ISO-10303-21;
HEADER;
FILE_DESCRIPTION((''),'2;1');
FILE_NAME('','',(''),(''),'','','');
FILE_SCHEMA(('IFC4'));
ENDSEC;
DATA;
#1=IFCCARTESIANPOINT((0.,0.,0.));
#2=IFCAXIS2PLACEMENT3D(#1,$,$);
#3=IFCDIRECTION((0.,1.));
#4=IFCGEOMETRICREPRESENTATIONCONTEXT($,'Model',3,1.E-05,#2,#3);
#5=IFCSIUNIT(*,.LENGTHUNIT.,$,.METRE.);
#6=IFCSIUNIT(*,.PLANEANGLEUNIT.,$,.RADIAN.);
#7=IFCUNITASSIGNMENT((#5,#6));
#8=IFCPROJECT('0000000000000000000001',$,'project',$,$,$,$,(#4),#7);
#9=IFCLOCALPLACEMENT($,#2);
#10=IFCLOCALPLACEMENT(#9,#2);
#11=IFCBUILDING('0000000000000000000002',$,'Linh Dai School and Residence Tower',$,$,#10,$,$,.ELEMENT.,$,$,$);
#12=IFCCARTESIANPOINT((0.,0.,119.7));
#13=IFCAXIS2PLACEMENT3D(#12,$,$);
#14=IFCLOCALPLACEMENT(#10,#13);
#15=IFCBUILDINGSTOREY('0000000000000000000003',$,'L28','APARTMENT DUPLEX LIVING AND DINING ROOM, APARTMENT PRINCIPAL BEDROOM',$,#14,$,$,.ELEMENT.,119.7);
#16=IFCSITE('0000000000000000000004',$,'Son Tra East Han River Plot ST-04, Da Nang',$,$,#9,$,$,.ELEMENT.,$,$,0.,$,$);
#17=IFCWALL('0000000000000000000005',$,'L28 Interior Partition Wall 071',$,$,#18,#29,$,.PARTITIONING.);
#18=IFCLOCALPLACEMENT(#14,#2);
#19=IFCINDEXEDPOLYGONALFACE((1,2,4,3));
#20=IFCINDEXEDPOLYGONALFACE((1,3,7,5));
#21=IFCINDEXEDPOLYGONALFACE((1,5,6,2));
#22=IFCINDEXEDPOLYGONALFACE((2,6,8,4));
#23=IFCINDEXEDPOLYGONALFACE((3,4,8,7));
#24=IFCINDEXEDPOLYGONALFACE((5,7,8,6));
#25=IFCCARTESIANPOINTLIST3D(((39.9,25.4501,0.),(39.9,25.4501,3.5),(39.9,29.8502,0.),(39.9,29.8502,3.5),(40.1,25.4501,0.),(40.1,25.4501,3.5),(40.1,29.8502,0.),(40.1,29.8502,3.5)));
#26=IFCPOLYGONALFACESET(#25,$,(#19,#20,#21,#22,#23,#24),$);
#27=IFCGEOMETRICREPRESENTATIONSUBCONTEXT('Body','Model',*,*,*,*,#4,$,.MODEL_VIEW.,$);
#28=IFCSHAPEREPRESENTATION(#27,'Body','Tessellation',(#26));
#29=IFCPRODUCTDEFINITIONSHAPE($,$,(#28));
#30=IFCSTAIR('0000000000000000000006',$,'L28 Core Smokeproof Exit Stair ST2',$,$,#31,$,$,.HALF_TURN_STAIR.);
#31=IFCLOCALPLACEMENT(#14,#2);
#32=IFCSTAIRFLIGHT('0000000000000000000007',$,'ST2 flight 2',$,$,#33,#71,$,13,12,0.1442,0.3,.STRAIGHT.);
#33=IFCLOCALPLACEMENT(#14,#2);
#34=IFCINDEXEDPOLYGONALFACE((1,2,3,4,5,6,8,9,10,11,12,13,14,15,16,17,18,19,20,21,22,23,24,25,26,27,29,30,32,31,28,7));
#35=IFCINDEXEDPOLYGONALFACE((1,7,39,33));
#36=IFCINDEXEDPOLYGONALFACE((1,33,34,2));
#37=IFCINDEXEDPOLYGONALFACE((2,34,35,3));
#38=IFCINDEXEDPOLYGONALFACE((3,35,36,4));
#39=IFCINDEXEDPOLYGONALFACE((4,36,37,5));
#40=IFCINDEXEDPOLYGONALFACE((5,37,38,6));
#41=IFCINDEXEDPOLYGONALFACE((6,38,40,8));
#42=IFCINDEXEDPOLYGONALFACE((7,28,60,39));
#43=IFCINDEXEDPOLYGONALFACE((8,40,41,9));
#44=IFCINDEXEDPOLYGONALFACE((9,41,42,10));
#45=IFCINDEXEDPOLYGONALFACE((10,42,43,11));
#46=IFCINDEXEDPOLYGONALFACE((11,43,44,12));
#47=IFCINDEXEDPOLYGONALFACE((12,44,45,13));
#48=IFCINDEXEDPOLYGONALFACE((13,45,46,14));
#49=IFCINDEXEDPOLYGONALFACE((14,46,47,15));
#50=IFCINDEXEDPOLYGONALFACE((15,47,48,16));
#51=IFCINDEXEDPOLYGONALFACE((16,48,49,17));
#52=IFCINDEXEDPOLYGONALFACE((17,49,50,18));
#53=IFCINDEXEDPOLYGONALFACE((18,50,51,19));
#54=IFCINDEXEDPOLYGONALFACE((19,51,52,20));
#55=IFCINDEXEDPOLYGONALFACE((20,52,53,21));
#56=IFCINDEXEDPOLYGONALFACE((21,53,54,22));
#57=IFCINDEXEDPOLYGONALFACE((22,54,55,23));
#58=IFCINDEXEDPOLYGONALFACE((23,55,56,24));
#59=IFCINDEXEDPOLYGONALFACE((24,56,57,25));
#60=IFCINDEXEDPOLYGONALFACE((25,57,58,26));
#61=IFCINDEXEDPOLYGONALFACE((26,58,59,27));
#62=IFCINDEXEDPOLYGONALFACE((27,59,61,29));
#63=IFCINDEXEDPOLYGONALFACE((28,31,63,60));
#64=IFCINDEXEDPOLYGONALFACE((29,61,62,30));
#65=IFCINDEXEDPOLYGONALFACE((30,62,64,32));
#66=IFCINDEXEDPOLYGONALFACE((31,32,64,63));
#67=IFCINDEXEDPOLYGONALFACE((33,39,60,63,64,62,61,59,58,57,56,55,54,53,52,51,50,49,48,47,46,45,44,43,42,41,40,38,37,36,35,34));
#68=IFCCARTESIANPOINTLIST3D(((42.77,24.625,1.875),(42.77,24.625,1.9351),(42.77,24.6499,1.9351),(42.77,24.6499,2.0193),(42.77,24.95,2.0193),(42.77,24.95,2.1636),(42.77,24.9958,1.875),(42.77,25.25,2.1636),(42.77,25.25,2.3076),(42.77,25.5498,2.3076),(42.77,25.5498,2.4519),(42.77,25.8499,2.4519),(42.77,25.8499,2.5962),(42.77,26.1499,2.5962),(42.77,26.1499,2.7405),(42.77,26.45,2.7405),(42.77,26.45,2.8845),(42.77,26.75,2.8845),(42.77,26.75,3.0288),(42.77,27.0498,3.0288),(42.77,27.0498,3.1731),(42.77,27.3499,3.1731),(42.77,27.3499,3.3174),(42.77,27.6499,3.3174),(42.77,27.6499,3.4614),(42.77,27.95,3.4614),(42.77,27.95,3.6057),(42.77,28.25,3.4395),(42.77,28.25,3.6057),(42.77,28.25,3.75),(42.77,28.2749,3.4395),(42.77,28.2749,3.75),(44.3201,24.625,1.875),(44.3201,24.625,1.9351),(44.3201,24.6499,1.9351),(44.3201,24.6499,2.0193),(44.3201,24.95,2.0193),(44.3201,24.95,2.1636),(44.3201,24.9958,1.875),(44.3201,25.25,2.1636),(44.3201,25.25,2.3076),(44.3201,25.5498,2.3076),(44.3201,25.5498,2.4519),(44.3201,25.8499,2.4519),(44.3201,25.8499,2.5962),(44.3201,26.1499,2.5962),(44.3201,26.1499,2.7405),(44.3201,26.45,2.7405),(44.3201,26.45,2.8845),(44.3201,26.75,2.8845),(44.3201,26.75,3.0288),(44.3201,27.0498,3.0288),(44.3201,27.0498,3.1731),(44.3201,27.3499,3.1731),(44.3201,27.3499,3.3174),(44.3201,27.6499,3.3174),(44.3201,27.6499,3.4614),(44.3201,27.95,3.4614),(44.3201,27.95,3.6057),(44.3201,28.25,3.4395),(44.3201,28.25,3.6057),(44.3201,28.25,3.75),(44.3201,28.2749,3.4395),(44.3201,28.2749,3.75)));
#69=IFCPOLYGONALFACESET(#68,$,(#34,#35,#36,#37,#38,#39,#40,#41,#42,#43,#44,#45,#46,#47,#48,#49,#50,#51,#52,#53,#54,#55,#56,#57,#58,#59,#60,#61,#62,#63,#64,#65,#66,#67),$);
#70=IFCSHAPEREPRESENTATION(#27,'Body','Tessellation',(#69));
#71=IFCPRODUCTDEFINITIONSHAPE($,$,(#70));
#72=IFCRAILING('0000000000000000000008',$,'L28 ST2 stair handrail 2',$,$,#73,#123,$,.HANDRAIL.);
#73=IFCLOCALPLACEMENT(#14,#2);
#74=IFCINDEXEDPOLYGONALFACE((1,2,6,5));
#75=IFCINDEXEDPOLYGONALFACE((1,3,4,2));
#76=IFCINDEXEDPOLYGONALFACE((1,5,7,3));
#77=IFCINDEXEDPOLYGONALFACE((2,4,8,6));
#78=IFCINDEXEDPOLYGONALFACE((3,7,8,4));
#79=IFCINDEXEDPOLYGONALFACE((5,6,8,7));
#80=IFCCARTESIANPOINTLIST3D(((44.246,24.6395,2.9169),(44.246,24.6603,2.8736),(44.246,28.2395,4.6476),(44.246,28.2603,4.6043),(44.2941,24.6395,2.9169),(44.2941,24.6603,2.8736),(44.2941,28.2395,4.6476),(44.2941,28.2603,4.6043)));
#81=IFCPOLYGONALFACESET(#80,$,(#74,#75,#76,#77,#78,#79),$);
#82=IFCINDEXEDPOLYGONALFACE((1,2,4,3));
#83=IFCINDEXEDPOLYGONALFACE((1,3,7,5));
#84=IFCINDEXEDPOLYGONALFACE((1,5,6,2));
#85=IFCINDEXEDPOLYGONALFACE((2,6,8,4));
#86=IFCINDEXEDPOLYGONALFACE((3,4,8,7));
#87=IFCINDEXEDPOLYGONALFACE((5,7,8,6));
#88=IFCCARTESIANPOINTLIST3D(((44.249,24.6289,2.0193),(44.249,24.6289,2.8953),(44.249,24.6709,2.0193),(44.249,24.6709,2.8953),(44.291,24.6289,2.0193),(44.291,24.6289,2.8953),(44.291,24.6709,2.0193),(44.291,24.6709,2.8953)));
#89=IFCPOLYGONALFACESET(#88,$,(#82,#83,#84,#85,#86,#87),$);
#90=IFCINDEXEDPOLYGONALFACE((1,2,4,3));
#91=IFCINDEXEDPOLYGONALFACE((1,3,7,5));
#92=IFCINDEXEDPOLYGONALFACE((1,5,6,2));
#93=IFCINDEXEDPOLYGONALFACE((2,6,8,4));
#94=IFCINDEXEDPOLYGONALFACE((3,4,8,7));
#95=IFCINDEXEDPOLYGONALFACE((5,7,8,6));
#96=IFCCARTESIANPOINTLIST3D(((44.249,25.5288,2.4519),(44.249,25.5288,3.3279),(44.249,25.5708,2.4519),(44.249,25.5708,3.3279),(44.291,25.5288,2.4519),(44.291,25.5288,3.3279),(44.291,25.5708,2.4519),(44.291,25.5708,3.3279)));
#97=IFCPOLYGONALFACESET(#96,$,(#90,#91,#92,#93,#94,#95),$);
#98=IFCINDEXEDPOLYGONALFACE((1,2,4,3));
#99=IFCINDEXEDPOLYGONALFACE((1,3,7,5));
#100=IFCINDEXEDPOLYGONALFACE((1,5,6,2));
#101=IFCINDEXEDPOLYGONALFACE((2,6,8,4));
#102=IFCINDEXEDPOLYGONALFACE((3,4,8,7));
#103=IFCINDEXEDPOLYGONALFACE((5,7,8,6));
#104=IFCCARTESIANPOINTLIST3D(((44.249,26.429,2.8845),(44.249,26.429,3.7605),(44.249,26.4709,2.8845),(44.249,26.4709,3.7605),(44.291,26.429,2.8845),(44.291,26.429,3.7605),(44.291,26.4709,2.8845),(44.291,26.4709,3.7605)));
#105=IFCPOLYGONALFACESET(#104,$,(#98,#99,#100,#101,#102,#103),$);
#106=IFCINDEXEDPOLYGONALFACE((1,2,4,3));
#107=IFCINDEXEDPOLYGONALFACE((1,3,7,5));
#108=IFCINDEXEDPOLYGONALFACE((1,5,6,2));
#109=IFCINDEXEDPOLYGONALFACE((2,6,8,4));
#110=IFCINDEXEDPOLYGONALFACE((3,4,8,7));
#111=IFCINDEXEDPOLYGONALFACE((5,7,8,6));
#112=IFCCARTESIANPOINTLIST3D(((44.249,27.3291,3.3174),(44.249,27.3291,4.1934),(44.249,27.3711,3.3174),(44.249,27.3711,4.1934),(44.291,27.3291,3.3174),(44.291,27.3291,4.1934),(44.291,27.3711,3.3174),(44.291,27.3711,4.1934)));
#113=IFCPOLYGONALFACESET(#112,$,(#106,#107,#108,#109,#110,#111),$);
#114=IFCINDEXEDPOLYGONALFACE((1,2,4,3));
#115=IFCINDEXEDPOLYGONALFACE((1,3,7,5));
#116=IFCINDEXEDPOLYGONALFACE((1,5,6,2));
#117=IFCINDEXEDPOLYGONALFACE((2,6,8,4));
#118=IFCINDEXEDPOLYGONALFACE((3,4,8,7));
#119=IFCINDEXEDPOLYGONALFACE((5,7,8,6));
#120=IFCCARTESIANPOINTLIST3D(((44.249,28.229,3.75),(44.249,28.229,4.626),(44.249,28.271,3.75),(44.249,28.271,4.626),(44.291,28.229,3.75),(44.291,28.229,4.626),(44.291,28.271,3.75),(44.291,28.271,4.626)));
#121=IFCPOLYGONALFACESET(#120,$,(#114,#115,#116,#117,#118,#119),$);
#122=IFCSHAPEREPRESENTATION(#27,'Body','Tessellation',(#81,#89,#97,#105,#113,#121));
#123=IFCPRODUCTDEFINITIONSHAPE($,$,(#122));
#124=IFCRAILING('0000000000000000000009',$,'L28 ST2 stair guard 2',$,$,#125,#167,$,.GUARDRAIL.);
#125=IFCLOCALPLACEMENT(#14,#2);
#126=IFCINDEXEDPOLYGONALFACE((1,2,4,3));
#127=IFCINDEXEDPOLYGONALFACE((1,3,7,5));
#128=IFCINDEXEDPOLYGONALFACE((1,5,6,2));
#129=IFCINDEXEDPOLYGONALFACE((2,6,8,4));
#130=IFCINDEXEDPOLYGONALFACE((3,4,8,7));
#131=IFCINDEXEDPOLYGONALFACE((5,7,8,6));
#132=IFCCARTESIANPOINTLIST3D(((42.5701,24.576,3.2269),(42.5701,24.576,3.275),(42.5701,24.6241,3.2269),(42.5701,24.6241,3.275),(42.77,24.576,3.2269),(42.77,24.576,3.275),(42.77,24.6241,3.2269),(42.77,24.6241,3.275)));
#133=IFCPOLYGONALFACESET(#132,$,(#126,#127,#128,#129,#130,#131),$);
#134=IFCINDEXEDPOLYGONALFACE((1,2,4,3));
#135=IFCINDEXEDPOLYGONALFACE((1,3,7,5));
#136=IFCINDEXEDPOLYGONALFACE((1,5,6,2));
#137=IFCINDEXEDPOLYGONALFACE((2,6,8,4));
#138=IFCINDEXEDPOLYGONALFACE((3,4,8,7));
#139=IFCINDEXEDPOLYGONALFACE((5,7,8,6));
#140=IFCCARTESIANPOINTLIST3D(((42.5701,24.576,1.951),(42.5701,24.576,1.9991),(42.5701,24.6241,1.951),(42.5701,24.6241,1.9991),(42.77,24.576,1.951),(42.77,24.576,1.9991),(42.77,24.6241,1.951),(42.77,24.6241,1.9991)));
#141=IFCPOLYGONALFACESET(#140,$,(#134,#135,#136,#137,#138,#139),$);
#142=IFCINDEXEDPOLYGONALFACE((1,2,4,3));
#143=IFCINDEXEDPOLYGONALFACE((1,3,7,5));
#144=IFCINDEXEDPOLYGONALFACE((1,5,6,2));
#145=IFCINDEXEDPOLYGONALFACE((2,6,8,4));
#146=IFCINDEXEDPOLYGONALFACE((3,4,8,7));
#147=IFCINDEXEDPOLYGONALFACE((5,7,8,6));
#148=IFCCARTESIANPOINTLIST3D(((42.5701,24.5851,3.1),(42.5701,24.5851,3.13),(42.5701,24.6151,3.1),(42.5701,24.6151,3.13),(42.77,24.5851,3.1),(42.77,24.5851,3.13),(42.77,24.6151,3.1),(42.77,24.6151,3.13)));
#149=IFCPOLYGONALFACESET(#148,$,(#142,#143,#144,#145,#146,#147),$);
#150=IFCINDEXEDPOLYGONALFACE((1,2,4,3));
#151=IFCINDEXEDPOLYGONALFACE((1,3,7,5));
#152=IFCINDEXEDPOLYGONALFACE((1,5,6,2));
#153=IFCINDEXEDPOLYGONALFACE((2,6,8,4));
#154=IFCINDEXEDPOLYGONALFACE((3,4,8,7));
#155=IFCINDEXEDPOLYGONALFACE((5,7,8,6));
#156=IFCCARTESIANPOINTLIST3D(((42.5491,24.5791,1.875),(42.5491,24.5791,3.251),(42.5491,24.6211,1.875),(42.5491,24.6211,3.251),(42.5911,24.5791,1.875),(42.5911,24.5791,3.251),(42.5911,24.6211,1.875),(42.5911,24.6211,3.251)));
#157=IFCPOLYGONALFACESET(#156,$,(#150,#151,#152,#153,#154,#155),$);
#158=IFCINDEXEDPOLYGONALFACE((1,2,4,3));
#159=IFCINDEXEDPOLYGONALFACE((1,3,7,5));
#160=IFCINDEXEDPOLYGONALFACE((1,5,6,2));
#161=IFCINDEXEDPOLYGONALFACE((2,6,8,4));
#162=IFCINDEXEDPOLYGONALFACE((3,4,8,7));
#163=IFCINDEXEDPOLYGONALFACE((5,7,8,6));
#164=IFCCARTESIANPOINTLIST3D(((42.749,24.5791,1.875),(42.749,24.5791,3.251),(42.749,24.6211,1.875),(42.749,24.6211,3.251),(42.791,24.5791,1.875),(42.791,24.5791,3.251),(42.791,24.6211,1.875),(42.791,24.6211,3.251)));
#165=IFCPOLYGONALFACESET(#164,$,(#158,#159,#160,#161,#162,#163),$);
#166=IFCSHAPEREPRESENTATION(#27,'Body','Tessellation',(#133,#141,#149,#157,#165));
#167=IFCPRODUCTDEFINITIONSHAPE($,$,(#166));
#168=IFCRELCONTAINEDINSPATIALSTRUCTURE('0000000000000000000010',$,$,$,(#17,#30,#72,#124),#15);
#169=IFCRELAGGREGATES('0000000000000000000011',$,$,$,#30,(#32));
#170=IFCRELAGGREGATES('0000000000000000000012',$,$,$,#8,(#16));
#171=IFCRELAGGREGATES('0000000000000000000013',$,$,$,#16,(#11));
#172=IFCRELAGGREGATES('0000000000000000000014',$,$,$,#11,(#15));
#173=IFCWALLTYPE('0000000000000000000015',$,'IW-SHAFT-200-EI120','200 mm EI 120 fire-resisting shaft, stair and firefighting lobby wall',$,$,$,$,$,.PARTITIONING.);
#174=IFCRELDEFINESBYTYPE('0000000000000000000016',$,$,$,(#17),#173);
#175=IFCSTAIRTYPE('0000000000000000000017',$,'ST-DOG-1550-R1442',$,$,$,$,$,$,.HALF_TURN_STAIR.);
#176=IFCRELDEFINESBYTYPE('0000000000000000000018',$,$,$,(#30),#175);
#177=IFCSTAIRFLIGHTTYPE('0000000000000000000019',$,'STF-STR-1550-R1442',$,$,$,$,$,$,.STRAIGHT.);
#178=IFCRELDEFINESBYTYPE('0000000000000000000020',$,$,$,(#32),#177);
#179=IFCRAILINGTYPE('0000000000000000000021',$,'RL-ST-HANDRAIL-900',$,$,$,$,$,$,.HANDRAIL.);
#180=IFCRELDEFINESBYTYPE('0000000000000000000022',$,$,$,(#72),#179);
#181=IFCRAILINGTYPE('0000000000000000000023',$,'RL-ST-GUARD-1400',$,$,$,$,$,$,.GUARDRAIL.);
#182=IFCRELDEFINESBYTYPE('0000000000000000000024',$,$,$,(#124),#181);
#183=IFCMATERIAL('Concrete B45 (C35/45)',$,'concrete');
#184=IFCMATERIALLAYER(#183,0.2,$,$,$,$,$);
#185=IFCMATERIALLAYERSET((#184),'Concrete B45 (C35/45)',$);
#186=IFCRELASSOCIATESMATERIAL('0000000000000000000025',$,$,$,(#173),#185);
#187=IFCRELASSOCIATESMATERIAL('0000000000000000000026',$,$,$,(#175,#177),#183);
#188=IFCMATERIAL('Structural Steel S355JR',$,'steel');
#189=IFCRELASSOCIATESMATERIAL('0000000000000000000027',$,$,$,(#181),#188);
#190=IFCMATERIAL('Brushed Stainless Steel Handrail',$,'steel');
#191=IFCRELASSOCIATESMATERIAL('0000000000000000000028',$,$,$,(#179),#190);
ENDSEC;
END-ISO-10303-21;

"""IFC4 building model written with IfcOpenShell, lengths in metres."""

from ifc_helpers import new_model, si_unit, direction, frame, frame_2d, origin, origin_2d, place, context, subcontext, project, spatial, polyline, rectangle, outline, extrude, source, transform, mapped, material, layer, layer_set, type_object, element, aggregate, save


model = new_model("IFC4")

# Units and contexts
model_context = context("Model", 3, precision=1e-05, world=origin(), true_north=direction((0.0, 1.0)))
body_context = subcontext(model_context, "Body", "Model", "MODEL_VIEW")
ifc_project = project(units=[si_unit("LENGTHUNIT", "METRE"), si_unit("PLANEANGLEUNIT", "RADIAN")], contexts=[model_context])

# Site, building, storey
site_placement = place(None, origin())
site = spatial("IfcSite", under=ifc_project, at=site_placement, Name="Son Tra East Han River Plot ST-04, Da Nang", CompositionType="ELEMENT", RefElevation=0.0)
building_placement = place(site_placement, origin())
building = spatial("IfcBuilding", under=site, at=building_placement, Name="Linh Dai School and Residence Tower", CompositionType="ELEMENT")
storey_placement = place(building_placement, frame((0.0, 0.0, 119.7)))
storey = spatial("IfcBuildingStorey", under=building, at=storey_placement, Name="L28", Description="APARTMENT DUPLEX LIVING AND DINING ROOM, APARTMENT PRINCIPAL BEDROOM", CompositionType="ELEMENT", Elevation=119.7)

# Shared definitions
ifc_material_1 = material(Name="Structural Steel S355JR", Category="steel")

# Wall
ifc_material_2 = material(Name="Concrete B45 (C35/45)", Category="concrete")
ifc_layer_1 = layer(ifc_material_2, 0.2)
ifc_layer_set_1 = layer_set([ifc_layer_1], Name="Concrete B45 (C35/45)")
wall_type_1 = type_object("IfcWallType", Name="IW-SHAFT-200-EI120", Description="200 mm EI 120 fire-resisting shaft, stair and firefighting lobby wall", PredefinedType="PARTITIONING", material=ifc_layer_set_1)
wall_1_placement = place(storey_placement, frame((40.0, 25.45, 0.0), z_axis=(0.0, 0.0, 1.0), x_axis=(0.0, 1.0, 0.0)))
element("IfcWall", 1, at=wall_1_placement, inside=storey, type_object=wall_type_1, Name="L28 Interior Partition Wall 071", PredefinedType="PARTITIONING", context=body_context, shape_type="SweptSolid", body=[
    extrude(rectangle(XDim=4.4001, YDim=0.2, at=frame_2d((2.2002, 0.0))), origin(), (0.0, 0.0, 1.0), 3.5),
])

# Stair, stair flight
stair_type = type_object("IfcStairType", Name="ST-DOG-1550-R1442", PredefinedType="HALF_TURN_STAIR", material=ifc_material_2)
stair_placement = place(storey_placement, origin())
stair = element("IfcStair", 2, at=stair_placement, inside=storey, type_object=stair_type, Name="L28 Core Smokeproof Exit Stair ST2", PredefinedType="HALF_TURN_STAIR")
stair_flight_type = type_object("IfcStairFlightType", Name="STF-STR-1550-R1442", PredefinedType="STRAIGHT", material=ifc_material_2)
shared_shape_1 = source(origin(), body_context, "Body", "SweptSolid", [
    extrude(outline(polyline([(-0.0249, 0.0), (-0.0249, 0.0601), (0.0, 0.0601), (0.0, 0.1443), (0.3, 0.1443), (0.3, 0.2886), (0.6001, 0.2886), (0.6001, 0.4326), (0.8999, 0.4326), (0.8999, 0.5769), (1.2, 0.5769), (1.2, 0.7212), (1.5, 0.7212), (1.5, 0.8655), (1.8, 0.8655), (1.8, 1.0095), (2.1001, 1.0095), (2.1001, 1.1538), (2.3999, 1.1538), (2.3999, 1.2981), (2.7, 1.2981), (2.7, 1.4424), (3.0, 1.4424), (3.0, 1.5864), (3.3, 1.5864), (3.3, 1.7307), (3.6001, 1.7307), (3.6001, 1.875), (3.625, 1.875), (3.625, 1.5645), (3.6001, 1.5645), (0.3459, 0.0), (-0.0249, 0.0)])), frame((0.0, 0.7749, 0.0), z_axis=(0.0, -1.0, 0.0), x_axis=(1.0, 0.0, 0.0)), (0.0, 0.0, 1.0), 1.55),
])
stair_flight_placement = place(storey_placement, frame((43.5449, 24.6499, 1.875), z_axis=(0.0, 0.0, 1.0), x_axis=(0.0, 1.0, 0.0)))
stair_flight = element("IfcStairFlight", 3, at=stair_flight_placement, type_object=stair_flight_type, Name="ST2 flight 2", NumberOfRisers=13, NumberOfTreads=12, PredefinedType="STRAIGHT", RiserHeight=0.1442, TreadLength=0.3, context=body_context, shape_type="MappedRepresentation", body=[
    mapped(shared_shape_1, transform((0.0, 0.0, 0.0), x_axis=(1.0, 0.0, 0.0), y_axis=(0.0, 1.0, 0.0), z_axis=(0.0, 0.0, 1.0), scale=1.0)),
])
aggregate(stair, [stair_flight])

# Railings
railing_type_1 = type_object("IfcRailingType", Name="RL-ST-GUARD-1400", PredefinedType="GUARDRAIL", material=ifc_material_1)
ifc_material_3 = material(Name="Brushed Stainless Steel Handrail", Category="steel")
railing_type_2 = type_object("IfcRailingType", Name="RL-ST-HANDRAIL-900", PredefinedType="HANDRAIL", material=ifc_material_3)
shared_shape_2 = source(origin(), body_context, "Body", "SweptSolid", [
    extrude(rectangle(XDim=0.0481, YDim=0.0481, at=origin_2d()), frame((0.0, 0.0, 0.876), z_axis=(0.0, 0.901263, 0.433273), x_axis=(-1.0, 0.0, 0.0)), (0.0, 0.0, 1.0), 3.9944),
    extrude(rectangle(XDim=0.042, YDim=0.042, at=origin_2d()), origin(), (0.0, 0.0, 1.0), 0.876),
    extrude(rectangle(XDim=0.042, YDim=0.042, at=origin_2d()), frame((0.0, 0.8999, 0.4326)), (0.0, 0.0, 1.0), 0.876),
    extrude(rectangle(XDim=0.042, YDim=0.042, at=origin_2d()), frame((0.0, 1.8, 0.8652)), (0.0, 0.0, 1.0), 0.876),
    extrude(rectangle(XDim=0.042, YDim=0.042, at=origin_2d()), frame((0.0, 2.7002, 1.2981)), (0.0, 0.0, 1.0), 0.876),
    extrude(rectangle(XDim=0.042, YDim=0.042, at=origin_2d()), frame((0.0, 3.6001, 1.7307)), (0.0, 0.0, 1.0), 0.876),
])
railing_1_placement = place(storey_placement, frame((44.27, 24.6499, 2.0193)))
element("IfcRailing", 4, at=railing_1_placement, inside=storey, type_object=railing_type_2, Name="L28 ST2 stair handrail 2", PredefinedType="HANDRAIL", context=body_context, shape_type="MappedRepresentation", body=[
    mapped(shared_shape_2, transform((0.0, 0.0, 0.0), x_axis=(1.0, 0.0, 0.0), y_axis=(0.0, 1.0, 0.0), z_axis=(0.0, 0.0, 1.0), scale=1.0)),
])
shared_shape_3 = source(origin(), body_context, "Body", "SweptSolid", [
    extrude(rectangle(XDim=0.0481, YDim=0.0481, at=origin_2d()), frame((0.0, 0.0, 1.376), z_axis=(1.0, 0.0, 0.0), x_axis=(0.0, 1.0, 0.0)), (0.0, 0.0, 1.0), 0.2),
    extrude(rectangle(XDim=0.0481, YDim=0.0481, at=origin_2d()), frame((0.0, 0.0, 0.1001), z_axis=(1.0, 0.0, 0.0), x_axis=(0.0, 1.0, 0.0)), (0.0, 0.0, 1.0), 0.2),
    extrude(rectangle(XDim=0.03, YDim=0.03, at=origin_2d()), frame((0.0, 0.0, 1.24), z_axis=(1.0, 0.0, 0.0), x_axis=(0.0, 1.0, 0.0)), (0.0, 0.0, 1.0), 0.2),
    extrude(rectangle(XDim=0.042, YDim=0.042, at=origin_2d()), origin(), (0.0, 0.0, 1.0), 1.376),
    extrude(rectangle(XDim=0.042, YDim=0.042, at=origin_2d()), frame((0.2, 0.0, 0.0)), (0.0, 0.0, 1.0), 1.376),
])
railing_2_placement = place(storey_placement, frame((42.5701, 24.6001, 1.875)))
element("IfcRailing", 5, at=railing_2_placement, inside=storey, type_object=railing_type_1, Name="L28 ST2 stair guard 2", PredefinedType="GUARDRAIL", context=body_context, shape_type="MappedRepresentation", body=[
    mapped(shared_shape_3, transform((0.0, 0.0, 0.0), x_axis=(1.0, 0.0, 0.0), y_axis=(0.0, 1.0, 0.0), z_axis=(0.0, 0.0, 1.0), scale=1.0)),
])

save(model, "model.ifc")
